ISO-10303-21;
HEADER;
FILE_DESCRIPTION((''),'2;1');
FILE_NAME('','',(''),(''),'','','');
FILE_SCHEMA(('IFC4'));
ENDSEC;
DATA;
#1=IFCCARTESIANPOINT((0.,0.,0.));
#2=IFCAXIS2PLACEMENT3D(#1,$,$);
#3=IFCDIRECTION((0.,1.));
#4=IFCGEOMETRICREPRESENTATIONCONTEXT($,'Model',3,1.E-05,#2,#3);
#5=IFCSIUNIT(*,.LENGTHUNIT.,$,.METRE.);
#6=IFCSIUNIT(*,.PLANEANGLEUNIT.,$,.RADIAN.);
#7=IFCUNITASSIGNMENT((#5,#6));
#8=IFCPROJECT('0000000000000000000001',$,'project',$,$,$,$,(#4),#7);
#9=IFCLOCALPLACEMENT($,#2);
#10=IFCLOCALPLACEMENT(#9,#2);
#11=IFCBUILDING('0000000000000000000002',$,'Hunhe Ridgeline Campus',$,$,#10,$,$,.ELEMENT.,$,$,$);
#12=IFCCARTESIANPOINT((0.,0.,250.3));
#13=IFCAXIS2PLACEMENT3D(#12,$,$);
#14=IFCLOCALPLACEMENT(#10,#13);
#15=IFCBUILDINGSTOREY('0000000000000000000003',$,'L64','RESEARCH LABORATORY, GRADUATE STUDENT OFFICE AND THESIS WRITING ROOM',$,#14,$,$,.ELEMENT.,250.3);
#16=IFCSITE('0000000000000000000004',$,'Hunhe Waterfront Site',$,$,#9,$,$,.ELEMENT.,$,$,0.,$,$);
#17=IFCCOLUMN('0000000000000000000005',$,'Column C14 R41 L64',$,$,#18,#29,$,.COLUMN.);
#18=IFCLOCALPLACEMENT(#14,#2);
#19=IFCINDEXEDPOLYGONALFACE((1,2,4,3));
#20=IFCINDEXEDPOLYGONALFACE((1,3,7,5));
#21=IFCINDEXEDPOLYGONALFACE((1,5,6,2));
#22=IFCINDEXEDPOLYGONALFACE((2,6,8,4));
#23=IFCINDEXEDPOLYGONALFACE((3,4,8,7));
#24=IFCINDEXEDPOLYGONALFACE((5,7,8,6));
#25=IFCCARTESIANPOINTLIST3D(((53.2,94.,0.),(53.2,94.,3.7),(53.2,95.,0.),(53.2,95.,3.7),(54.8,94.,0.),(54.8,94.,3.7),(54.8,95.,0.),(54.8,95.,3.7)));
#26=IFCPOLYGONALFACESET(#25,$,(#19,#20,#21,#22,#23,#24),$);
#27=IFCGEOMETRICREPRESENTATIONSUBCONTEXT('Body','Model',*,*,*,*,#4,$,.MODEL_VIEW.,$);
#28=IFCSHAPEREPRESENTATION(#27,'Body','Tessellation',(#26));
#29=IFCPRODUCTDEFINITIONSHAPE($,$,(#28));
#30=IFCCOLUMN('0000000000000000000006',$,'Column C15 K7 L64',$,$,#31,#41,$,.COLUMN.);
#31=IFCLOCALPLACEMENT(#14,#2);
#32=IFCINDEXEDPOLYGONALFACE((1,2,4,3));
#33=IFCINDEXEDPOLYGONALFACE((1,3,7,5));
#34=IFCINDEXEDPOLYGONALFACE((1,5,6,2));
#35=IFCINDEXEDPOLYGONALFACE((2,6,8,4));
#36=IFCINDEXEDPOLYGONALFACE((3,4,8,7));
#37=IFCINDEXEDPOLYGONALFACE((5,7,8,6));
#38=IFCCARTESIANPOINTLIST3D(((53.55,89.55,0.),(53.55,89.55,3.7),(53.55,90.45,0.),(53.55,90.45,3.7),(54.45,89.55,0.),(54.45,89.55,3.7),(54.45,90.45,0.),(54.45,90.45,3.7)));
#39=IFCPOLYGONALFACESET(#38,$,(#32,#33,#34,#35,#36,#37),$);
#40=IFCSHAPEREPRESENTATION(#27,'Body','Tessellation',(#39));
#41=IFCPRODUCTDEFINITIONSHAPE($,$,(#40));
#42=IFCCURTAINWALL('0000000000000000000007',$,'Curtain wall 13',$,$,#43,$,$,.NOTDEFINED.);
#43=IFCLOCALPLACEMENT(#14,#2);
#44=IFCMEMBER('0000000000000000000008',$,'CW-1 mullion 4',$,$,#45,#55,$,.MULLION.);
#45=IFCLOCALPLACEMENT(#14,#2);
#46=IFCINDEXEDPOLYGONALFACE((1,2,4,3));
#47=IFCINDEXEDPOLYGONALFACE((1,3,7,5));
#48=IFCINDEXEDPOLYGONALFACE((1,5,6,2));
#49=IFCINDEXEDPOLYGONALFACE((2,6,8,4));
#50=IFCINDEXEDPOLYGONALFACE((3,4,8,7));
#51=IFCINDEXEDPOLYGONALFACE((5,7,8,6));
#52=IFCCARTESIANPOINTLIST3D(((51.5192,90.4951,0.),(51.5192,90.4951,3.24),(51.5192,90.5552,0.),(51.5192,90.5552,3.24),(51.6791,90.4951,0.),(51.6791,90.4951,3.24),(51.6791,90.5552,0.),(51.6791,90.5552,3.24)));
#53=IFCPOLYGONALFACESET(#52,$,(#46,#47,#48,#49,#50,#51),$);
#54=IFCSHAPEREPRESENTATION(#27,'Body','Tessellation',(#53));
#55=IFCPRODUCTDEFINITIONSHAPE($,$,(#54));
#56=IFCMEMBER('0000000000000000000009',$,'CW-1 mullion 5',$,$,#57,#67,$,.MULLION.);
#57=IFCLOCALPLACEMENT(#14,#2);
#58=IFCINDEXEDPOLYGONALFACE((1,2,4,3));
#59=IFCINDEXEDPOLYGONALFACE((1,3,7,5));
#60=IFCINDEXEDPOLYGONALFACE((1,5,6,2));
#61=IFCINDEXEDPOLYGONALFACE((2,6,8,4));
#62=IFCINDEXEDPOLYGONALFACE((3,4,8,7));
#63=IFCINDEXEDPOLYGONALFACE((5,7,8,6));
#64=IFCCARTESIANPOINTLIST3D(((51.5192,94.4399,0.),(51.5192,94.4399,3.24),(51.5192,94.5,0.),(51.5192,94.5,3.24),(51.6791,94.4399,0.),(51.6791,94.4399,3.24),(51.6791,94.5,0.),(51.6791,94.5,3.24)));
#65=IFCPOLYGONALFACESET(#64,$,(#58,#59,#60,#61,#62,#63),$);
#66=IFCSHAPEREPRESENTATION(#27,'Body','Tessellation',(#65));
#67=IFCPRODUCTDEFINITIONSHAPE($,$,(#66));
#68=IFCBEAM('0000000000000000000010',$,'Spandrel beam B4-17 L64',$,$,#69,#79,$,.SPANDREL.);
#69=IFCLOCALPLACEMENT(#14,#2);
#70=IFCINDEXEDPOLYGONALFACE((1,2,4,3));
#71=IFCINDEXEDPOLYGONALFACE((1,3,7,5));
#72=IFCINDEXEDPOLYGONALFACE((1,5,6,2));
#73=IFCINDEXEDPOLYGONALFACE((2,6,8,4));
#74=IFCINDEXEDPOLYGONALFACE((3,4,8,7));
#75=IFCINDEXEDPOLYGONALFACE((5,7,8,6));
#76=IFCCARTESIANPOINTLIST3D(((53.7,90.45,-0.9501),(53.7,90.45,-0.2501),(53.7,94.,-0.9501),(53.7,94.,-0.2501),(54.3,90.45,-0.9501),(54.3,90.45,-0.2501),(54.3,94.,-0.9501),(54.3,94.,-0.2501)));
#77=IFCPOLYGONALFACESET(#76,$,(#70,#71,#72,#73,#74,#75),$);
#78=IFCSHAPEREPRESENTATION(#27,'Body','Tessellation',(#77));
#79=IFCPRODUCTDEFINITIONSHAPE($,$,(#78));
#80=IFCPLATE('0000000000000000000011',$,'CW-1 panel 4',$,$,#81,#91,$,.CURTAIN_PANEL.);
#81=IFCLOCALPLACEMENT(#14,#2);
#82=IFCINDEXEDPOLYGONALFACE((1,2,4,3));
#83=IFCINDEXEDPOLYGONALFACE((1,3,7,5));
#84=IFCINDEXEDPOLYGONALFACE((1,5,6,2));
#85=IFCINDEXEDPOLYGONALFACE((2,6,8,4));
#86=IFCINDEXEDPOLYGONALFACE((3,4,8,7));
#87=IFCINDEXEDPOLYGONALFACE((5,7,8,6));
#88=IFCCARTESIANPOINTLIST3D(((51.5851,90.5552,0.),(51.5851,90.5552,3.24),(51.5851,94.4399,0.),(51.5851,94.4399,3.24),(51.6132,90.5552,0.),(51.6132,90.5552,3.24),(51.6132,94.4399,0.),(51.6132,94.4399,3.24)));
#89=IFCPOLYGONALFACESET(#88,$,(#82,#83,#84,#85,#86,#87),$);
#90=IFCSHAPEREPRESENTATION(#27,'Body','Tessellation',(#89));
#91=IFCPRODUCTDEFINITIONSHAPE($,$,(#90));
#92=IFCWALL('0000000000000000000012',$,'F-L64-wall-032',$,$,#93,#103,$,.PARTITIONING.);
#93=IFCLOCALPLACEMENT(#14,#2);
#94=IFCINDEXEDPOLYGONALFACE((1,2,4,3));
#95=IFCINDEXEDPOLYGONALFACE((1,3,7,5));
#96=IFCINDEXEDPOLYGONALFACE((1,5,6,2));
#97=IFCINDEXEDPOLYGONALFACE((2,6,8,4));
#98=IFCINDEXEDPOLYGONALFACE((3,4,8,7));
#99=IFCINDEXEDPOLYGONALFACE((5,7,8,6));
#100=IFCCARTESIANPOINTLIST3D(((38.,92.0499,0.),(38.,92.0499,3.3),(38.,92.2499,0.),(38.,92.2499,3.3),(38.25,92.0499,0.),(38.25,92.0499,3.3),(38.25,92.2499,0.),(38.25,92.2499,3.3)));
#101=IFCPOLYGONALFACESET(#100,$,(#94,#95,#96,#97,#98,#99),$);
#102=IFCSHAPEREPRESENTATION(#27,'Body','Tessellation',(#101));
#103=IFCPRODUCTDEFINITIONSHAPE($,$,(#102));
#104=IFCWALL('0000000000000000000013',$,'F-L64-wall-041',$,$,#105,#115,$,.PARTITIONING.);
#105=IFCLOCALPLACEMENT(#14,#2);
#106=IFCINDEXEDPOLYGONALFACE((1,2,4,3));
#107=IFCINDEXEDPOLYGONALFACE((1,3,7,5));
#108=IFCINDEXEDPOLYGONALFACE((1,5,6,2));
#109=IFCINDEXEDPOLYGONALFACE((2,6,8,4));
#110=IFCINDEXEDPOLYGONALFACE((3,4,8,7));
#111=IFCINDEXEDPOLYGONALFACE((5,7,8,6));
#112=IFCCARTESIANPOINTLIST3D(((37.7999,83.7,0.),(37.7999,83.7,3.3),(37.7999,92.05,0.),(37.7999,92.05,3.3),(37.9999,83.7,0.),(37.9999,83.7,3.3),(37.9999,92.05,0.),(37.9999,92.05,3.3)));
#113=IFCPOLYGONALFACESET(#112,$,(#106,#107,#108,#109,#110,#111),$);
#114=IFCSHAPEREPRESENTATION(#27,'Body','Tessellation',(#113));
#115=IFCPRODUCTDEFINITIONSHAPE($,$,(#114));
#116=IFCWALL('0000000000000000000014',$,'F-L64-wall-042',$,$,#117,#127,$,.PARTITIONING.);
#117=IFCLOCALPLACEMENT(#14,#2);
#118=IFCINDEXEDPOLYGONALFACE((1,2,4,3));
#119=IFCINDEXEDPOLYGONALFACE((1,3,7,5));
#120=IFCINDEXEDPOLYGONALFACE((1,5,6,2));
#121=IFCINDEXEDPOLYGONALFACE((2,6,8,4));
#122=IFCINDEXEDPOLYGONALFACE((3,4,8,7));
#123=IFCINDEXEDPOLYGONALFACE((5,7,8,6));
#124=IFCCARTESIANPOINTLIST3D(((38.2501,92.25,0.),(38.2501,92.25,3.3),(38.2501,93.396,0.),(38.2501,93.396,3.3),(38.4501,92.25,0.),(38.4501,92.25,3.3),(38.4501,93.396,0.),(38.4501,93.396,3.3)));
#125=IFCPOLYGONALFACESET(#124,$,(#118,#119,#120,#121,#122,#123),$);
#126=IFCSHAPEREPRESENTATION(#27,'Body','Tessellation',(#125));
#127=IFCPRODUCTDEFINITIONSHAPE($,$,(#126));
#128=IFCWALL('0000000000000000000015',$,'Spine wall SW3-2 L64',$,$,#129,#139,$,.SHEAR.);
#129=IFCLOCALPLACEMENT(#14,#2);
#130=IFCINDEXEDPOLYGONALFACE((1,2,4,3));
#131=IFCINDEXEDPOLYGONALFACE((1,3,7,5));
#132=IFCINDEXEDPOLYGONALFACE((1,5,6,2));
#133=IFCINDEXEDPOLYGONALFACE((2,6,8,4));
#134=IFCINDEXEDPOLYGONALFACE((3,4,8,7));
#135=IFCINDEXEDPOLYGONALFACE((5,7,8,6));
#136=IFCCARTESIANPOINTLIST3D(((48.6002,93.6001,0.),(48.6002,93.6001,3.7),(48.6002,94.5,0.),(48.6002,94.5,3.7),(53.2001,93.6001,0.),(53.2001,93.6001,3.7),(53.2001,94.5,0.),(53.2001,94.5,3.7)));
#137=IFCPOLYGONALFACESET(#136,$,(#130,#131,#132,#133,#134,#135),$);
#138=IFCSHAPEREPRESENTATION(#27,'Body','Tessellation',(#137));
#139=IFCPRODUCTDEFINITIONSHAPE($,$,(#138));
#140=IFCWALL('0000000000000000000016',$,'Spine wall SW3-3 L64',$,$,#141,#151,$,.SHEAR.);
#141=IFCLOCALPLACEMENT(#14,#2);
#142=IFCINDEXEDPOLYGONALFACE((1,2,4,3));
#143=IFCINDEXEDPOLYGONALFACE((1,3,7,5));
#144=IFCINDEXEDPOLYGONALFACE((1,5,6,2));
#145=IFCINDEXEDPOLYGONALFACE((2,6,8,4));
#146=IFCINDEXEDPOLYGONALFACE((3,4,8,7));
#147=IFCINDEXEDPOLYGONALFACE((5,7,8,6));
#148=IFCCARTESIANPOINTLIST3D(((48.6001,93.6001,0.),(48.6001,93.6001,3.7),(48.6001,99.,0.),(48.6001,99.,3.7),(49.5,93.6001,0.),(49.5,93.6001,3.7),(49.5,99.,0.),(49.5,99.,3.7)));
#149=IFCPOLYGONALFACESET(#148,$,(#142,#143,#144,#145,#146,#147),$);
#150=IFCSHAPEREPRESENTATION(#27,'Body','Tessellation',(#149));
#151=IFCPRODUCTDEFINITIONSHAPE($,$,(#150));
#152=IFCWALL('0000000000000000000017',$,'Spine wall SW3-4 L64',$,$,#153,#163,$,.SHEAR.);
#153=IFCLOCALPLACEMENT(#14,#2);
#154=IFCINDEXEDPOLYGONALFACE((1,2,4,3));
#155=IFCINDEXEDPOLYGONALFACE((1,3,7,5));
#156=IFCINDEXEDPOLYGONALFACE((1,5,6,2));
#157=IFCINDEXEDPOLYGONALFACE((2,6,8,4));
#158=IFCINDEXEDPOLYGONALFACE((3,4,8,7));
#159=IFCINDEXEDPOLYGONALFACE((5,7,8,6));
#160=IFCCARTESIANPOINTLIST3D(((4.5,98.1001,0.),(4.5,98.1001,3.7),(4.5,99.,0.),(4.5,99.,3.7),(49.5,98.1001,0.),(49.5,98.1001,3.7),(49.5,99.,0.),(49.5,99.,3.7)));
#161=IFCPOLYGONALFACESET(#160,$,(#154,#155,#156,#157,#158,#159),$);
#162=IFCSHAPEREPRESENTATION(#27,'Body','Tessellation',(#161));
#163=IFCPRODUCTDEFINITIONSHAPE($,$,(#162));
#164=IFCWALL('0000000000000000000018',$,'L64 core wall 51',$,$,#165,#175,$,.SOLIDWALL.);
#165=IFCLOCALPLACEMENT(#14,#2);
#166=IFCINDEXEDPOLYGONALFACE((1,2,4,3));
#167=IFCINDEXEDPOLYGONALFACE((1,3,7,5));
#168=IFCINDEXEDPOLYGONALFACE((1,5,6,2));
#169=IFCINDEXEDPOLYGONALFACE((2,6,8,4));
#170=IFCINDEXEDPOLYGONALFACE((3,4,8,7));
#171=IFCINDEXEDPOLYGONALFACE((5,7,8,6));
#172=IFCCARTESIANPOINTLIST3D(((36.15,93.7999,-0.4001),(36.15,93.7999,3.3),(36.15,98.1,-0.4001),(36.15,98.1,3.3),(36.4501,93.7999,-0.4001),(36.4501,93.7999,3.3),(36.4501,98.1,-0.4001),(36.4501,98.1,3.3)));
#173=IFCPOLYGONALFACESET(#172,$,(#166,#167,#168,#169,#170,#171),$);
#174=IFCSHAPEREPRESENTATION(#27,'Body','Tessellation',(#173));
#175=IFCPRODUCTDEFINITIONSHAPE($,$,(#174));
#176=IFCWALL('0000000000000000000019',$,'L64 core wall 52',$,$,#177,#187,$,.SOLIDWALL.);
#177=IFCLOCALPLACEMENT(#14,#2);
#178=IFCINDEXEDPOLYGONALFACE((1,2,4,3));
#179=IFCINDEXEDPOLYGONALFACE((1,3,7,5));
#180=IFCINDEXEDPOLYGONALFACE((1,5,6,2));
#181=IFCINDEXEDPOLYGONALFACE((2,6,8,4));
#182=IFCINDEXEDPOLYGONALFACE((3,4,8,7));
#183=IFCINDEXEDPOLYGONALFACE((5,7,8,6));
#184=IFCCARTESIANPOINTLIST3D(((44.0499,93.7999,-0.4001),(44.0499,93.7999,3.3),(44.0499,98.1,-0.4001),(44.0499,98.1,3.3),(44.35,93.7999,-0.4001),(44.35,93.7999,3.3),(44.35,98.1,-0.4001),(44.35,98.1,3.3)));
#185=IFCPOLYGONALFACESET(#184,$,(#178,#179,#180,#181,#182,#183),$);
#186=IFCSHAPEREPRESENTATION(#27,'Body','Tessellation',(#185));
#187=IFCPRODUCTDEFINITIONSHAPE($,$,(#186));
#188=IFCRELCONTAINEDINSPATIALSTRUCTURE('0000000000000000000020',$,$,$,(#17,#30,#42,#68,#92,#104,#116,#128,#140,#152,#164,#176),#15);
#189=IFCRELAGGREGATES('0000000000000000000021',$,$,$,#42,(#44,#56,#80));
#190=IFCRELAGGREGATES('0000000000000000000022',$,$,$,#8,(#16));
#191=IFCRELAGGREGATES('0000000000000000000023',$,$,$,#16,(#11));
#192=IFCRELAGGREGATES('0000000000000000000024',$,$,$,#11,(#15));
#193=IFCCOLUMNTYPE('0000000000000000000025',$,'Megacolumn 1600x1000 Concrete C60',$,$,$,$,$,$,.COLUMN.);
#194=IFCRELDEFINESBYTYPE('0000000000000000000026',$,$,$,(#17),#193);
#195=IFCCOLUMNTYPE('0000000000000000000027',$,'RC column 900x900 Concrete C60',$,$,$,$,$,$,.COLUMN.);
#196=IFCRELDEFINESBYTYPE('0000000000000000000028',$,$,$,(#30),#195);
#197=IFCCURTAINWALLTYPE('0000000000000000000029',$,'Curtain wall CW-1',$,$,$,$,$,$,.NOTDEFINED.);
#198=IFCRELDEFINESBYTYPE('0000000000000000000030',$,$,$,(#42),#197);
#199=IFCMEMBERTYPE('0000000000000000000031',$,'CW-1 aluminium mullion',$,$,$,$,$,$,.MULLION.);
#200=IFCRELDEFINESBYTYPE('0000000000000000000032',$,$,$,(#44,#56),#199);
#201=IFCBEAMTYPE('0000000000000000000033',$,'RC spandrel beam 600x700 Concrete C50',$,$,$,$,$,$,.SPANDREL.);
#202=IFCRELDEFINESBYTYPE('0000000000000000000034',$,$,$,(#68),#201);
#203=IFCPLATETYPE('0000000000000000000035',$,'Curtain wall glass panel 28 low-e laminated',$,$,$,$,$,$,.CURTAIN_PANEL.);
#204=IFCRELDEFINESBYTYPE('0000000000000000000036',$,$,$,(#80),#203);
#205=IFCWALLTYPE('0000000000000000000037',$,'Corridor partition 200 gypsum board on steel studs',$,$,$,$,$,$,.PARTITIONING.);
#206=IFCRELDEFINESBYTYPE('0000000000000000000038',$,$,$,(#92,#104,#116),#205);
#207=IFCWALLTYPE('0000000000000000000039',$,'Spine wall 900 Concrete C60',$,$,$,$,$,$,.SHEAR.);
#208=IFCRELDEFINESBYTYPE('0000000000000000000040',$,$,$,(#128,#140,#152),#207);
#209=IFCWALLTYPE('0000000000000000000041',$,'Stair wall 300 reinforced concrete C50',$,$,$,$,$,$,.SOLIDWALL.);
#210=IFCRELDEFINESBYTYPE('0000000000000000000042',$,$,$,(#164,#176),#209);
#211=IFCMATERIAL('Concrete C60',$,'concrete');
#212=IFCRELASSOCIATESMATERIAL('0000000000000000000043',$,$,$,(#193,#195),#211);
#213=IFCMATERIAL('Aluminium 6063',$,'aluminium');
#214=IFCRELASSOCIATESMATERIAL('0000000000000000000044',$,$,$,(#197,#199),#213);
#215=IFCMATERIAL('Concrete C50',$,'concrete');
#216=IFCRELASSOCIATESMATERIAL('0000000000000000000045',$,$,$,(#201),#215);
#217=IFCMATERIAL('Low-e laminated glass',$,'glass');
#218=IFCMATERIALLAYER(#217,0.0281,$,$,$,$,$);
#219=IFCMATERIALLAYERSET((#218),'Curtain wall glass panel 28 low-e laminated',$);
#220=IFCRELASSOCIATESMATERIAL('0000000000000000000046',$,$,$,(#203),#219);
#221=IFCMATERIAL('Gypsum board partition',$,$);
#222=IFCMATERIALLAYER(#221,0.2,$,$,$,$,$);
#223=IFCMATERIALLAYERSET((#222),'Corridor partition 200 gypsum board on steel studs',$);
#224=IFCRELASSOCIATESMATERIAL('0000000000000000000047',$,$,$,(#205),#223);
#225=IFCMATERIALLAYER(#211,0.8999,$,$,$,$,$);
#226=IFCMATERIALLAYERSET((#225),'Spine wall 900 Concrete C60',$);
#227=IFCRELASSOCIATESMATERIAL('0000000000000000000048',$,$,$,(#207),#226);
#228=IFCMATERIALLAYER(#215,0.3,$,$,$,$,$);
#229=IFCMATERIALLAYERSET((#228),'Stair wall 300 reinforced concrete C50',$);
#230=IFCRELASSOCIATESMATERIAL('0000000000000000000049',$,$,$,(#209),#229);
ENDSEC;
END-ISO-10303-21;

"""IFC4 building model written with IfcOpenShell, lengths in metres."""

from ifc_helpers import new_model, si_unit, direction, frame, frame_2d, origin, origin_2d, place, context, subcontext, project, spatial, rectangle, extrude, material, layer, layer_set, material_profile, profile_set, type_object, element, aggregate, save


model = new_model("IFC4")

# Units and contexts
model_context = context("Model", 3, precision=1e-05, world=origin(), true_north=direction((0.0, 1.0)))
body_context = subcontext(model_context, "Body", "Model", "MODEL_VIEW")
ifc_project = project(units=[si_unit("LENGTHUNIT", "METRE"), si_unit("PLANEANGLEUNIT", "RADIAN")], contexts=[model_context])

# Site, building, storey
site_placement = place(None, origin())
site = spatial("IfcSite", under=ifc_project, at=site_placement, Name="Hunhe Waterfront Site", CompositionType="ELEMENT", RefElevation=0.0)
building_placement = place(site_placement, origin())
building = spatial("IfcBuilding", under=site, at=building_placement, Name="Hunhe Ridgeline Campus", CompositionType="ELEMENT")
storey_placement = place(building_placement, frame((0.0, 0.0, 250.3)))
storey = spatial("IfcBuildingStorey", under=building, at=storey_placement, Name="L64", Description="RESEARCH LABORATORY, GRADUATE STUDENT OFFICE AND THESIS WRITING ROOM", CompositionType="ELEMENT", Elevation=250.3)

# Columns
ifc_material_1 = material(Name="Concrete C60", Category="concrete")
ifc_material_profile_1 = material_profile(ifc_material_1, rectangle(XDim=1.6001, YDim=1.0, at=origin_2d()))
ifc_profile_set_1 = profile_set([ifc_material_profile_1], Name="Concrete C60")
column_type_1 = type_object("IfcColumnType", Name="Megacolumn 1600x1000 Concrete C60", PredefinedType="COLUMN", material=ifc_profile_set_1)
column_1_placement = place(storey_placement, frame((54.0, 94.5, 0.0), z_axis=(0.0, 0.0, 1.0), x_axis=(1.0, 0.0, 0.0)))
element("IfcColumn", 1, at=column_1_placement, inside=storey, type_object=column_type_1, Name="Column C14 R41 L64", PredefinedType="COLUMN", context=body_context, shape_type="SweptSolid", body=[
    extrude(rectangle(XDim=1.6001, YDim=1.0, at=origin_2d()), origin(), (0.0, 0.0, 1.0), 3.7),
])
ifc_material_profile_2 = material_profile(ifc_material_1, rectangle(XDim=0.8999, YDim=0.8999, at=origin_2d()))
ifc_profile_set_2 = profile_set([ifc_material_profile_2], Name="Concrete C60")
column_type_2 = type_object("IfcColumnType", Name="RC column 900x900 Concrete C60", PredefinedType="COLUMN", material=ifc_profile_set_2)
column_2_placement = place(storey_placement, frame((54.0, 90.0, 0.0), z_axis=(0.0, 0.0, 1.0), x_axis=(1.0, 0.0, 0.0)))
element("IfcColumn", 2, at=column_2_placement, inside=storey, type_object=column_type_2, Name="Column C15 K7 L64", PredefinedType="COLUMN", context=body_context, shape_type="SweptSolid", body=[
    extrude(rectangle(XDim=0.8999, YDim=0.8999, at=origin_2d()), origin(), (0.0, 0.0, 1.0), 3.7),
])

# Curtain wall, members
ifc_material_2 = material(Name="Aluminium 6063", Category="aluminium")
curtain_wall_type = type_object("IfcCurtainWallType", Name="Curtain wall CW-1", PredefinedType="NOTDEFINED", material=ifc_material_2)
curtain_wall_placement = place(storey_placement, origin())
curtain_wall = element("IfcCurtainWall", 3, at=curtain_wall_placement, inside=storey, type_object=curtain_wall_type, Name="Curtain wall 13", PredefinedType="NOTDEFINED")
ifc_material_profile_3 = material_profile(ifc_material_2, rectangle(XDim=0.1599, YDim=0.0601, at=origin_2d()))
ifc_profile_set_3 = profile_set([ifc_material_profile_3], Name="Aluminium 6063")
member_type = type_object("IfcMemberType", Name="CW-1 aluminium mullion", PredefinedType="MULLION", material=ifc_profile_set_3)
member_1_placement = place(storey_placement, frame((51.5991, 90.5251, 0.0), z_axis=(0.0, 0.0, 1.0), x_axis=(-1.0, 0.0, 0.0)))
member_1 = element("IfcMember", 4, at=member_1_placement, type_object=member_type, Name="CW-1 mullion 4", PredefinedType="MULLION", context=body_context, shape_type="SweptSolid", body=[
    extrude(rectangle(XDim=0.1599, YDim=0.0601, at=origin_2d()), origin(), (0.0, 0.0, 1.0), 3.24),
])
member_2_placement = place(storey_placement, frame((51.5991, 94.47, 0.0), z_axis=(0.0, 0.0, 1.0), x_axis=(-1.0, 0.0, 0.0)))
member_2 = element("IfcMember", 5, at=member_2_placement, type_object=member_type, Name="CW-1 mullion 5", PredefinedType="MULLION", context=body_context, shape_type="SweptSolid", body=[
    extrude(rectangle(XDim=0.1599, YDim=0.0601, at=origin_2d()), origin(), (0.0, 0.0, 1.0), 3.24),
])

# Beam
ifc_material_3 = material(Name="Concrete C50", Category="concrete")
ifc_material_profile_4 = material_profile(ifc_material_3, rectangle(XDim=0.6001, YDim=0.7, at=origin_2d()))
ifc_profile_set_4 = profile_set([ifc_material_profile_4], Name="Concrete C50")
beam_type = type_object("IfcBeamType", Name="RC spandrel beam 600x700 Concrete C50", PredefinedType="SPANDREL", material=ifc_profile_set_4)
beam_placement = place(storey_placement, frame((54.0, 90.45, -0.6001), z_axis=(0.0, 1.0, 0.0), x_axis=(-1.0, 0.0, 0.0)))
element("IfcBeam", 6, at=beam_placement, inside=storey, type_object=beam_type, Name="Spandrel beam B4-17 L64", PredefinedType="SPANDREL", context=body_context, shape_type="SweptSolid", body=[
    extrude(rectangle(XDim=0.6001, YDim=0.7, at=origin_2d()), origin(), (0.0, 0.0, 1.0), 3.55),
])

# Plate
ifc_material_4 = material(Name="Low-e laminated glass", Category="glass")
ifc_layer_1 = layer(ifc_material_4, 0.0281)
ifc_layer_set_1 = layer_set([ifc_layer_1], Name="Curtain wall glass panel 28 low-e laminated")
plate_type = type_object("IfcPlateType", Name="Curtain wall glass panel 28 low-e laminated", PredefinedType="CURTAIN_PANEL", material=ifc_layer_set_1)
plate_placement = place(storey_placement, frame((51.5991, 92.4976, 0.0), z_axis=(0.0, 0.0, 1.0), x_axis=(0.0, 1.0, 0.0)))
plate = element("IfcPlate", 7, at=plate_placement, type_object=plate_type, Name="CW-1 panel 4", PredefinedType="CURTAIN_PANEL", context=body_context, shape_type="SweptSolid", body=[
    extrude(rectangle(XDim=3.8848, YDim=0.0281, at=origin_2d()), origin(), (0.0, 0.0, 1.0), 3.24),
])
aggregate(curtain_wall, [member_1, member_2, plate])

# Walls
ifc_material_5 = material(Name="Gypsum board partition")
ifc_layer_2 = layer(ifc_material_5, 0.2)
ifc_layer_set_2 = layer_set([ifc_layer_2], Name="Corridor partition 200 gypsum board on steel studs")
wall_type_1 = type_object("IfcWallType", Name="Corridor partition 200 gypsum board on steel studs", PredefinedType="PARTITIONING", material=ifc_layer_set_2)
wall_1_placement = place(storey_placement, frame((38.25, 92.1499, 0.0), z_axis=(0.0, 0.0, 1.0), x_axis=(-1.0, 0.0, 0.0)))
element("IfcWall", 8, at=wall_1_placement, inside=storey, type_object=wall_type_1, Name="F-L64-wall-032", PredefinedType="PARTITIONING", context=body_context, shape_type="SweptSolid", body=[
    extrude(rectangle(XDim=0.25, YDim=0.2, at=frame_2d((0.125, 0.0))), origin(), (0.0, 0.0, 1.0), 3.3),
])
wall_2_placement = place(storey_placement, frame((37.8999, 92.05, 0.0), z_axis=(0.0, 0.0, 1.0), x_axis=(0.0, -1.0, 0.0)))
element("IfcWall", 9, at=wall_2_placement, inside=storey, type_object=wall_type_1, Name="F-L64-wall-041", PredefinedType="PARTITIONING", context=body_context, shape_type="SweptSolid", body=[
    extrude(rectangle(XDim=8.3501, YDim=0.2, at=frame_2d((4.175, 0.0))), origin(), (0.0, 0.0, 1.0), 3.3),
])
wall_3_placement = place(storey_placement, frame((38.3501, 93.396, 0.0), z_axis=(0.0, 0.0, 1.0), x_axis=(0.0, -1.0, 0.0)))
element("IfcWall", 10, at=wall_3_placement, inside=storey, type_object=wall_type_1, Name="F-L64-wall-042", PredefinedType="PARTITIONING", context=body_context, shape_type="SweptSolid", body=[
    extrude(rectangle(XDim=1.146, YDim=0.2, at=frame_2d((0.573, 0.0))), origin(), (0.0, 0.0, 1.0), 3.3),
])
ifc_layer_3 = layer(ifc_material_1, 0.8999)
ifc_layer_set_3 = layer_set([ifc_layer_3], Name="Spine wall 900 Concrete C60")
wall_type_2 = type_object("IfcWallType", Name="Spine wall 900 Concrete C60", PredefinedType="SHEAR", material=ifc_layer_set_3)
wall_4_placement = place(storey_placement, frame((53.2, 94.05, 0.0), z_axis=(0.0, 0.0, 1.0), x_axis=(-1.0, 0.0, 0.0)))
element("IfcWall", 11, at=wall_4_placement, inside=storey, type_object=wall_type_2, Name="Spine wall SW3-2 L64", PredefinedType="SHEAR", context=body_context, shape_type="SweptSolid", body=[
    extrude(rectangle(XDim=4.5999, YDim=0.8999, at=frame_2d((2.2998, 0.0))), origin(), (0.0, 0.0, 1.0), 3.7),
])
wall_5_placement = place(storey_placement, frame((49.05, 93.6001, 0.0), z_axis=(0.0, 0.0, 1.0), x_axis=(0.0, 1.0, 0.0)))
element("IfcWall", 12, at=wall_5_placement, inside=storey, type_object=wall_type_2, Name="Spine wall SW3-3 L64", PredefinedType="SHEAR", context=body_context, shape_type="SweptSolid", body=[
    extrude(rectangle(XDim=5.3999, YDim=0.8999, at=frame_2d((2.7, 0.0))), origin(), (0.0, 0.0, 1.0), 3.7),
])
wall_6_placement = place(storey_placement, frame((49.5, 98.55, 0.0), z_axis=(0.0, 0.0, 1.0), x_axis=(-1.0, 0.0, 0.0)))
element("IfcWall", 13, at=wall_6_placement, inside=storey, type_object=wall_type_2, Name="Spine wall SW3-4 L64", PredefinedType="SHEAR", context=body_context, shape_type="SweptSolid", body=[
    extrude(rectangle(XDim=45.0, YDim=0.8999, at=frame_2d((22.5, 0.0))), origin(), (0.0, 0.0, 1.0), 3.7),
])

# Shared definitions
ifc_layer_4 = layer(ifc_material_3, 0.3)
ifc_layer_set_4 = layer_set([ifc_layer_4], Name="Stair wall 300 reinforced concrete C50")
wall_type_3 = type_object("IfcWallType", Name="Stair wall 300 reinforced concrete C50", PredefinedType="SOLIDWALL", material=ifc_layer_set_4)

# Walls
for number, where, z_axis, x_axis, name in (
    (14, (36.3, 93.8, -0.4001), (0.0, 0.0, 1.0), (0.0, 1.0, 0.0), "L64 core wall 51"),
    (15, (44.2, 93.8, -0.4001), (0.0, 0.0, 1.0), (0.0, 1.0, 0.0), "L64 core wall 52"),
):
    element("IfcWall", number, at=place(storey_placement, frame(where, z_axis=z_axis, x_axis=x_axis)), inside=storey, type_object=wall_type_3, Name=name, PredefinedType="SOLIDWALL", context=body_context, shape_type="SweptSolid", body=[
        extrude(rectangle(XDim=4.3, YDim=0.3, at=frame_2d((2.1499, 0.0))), origin(), (0.0, 0.0, 1.0), 3.7002),
    ])

save(model, "model.ifc")
